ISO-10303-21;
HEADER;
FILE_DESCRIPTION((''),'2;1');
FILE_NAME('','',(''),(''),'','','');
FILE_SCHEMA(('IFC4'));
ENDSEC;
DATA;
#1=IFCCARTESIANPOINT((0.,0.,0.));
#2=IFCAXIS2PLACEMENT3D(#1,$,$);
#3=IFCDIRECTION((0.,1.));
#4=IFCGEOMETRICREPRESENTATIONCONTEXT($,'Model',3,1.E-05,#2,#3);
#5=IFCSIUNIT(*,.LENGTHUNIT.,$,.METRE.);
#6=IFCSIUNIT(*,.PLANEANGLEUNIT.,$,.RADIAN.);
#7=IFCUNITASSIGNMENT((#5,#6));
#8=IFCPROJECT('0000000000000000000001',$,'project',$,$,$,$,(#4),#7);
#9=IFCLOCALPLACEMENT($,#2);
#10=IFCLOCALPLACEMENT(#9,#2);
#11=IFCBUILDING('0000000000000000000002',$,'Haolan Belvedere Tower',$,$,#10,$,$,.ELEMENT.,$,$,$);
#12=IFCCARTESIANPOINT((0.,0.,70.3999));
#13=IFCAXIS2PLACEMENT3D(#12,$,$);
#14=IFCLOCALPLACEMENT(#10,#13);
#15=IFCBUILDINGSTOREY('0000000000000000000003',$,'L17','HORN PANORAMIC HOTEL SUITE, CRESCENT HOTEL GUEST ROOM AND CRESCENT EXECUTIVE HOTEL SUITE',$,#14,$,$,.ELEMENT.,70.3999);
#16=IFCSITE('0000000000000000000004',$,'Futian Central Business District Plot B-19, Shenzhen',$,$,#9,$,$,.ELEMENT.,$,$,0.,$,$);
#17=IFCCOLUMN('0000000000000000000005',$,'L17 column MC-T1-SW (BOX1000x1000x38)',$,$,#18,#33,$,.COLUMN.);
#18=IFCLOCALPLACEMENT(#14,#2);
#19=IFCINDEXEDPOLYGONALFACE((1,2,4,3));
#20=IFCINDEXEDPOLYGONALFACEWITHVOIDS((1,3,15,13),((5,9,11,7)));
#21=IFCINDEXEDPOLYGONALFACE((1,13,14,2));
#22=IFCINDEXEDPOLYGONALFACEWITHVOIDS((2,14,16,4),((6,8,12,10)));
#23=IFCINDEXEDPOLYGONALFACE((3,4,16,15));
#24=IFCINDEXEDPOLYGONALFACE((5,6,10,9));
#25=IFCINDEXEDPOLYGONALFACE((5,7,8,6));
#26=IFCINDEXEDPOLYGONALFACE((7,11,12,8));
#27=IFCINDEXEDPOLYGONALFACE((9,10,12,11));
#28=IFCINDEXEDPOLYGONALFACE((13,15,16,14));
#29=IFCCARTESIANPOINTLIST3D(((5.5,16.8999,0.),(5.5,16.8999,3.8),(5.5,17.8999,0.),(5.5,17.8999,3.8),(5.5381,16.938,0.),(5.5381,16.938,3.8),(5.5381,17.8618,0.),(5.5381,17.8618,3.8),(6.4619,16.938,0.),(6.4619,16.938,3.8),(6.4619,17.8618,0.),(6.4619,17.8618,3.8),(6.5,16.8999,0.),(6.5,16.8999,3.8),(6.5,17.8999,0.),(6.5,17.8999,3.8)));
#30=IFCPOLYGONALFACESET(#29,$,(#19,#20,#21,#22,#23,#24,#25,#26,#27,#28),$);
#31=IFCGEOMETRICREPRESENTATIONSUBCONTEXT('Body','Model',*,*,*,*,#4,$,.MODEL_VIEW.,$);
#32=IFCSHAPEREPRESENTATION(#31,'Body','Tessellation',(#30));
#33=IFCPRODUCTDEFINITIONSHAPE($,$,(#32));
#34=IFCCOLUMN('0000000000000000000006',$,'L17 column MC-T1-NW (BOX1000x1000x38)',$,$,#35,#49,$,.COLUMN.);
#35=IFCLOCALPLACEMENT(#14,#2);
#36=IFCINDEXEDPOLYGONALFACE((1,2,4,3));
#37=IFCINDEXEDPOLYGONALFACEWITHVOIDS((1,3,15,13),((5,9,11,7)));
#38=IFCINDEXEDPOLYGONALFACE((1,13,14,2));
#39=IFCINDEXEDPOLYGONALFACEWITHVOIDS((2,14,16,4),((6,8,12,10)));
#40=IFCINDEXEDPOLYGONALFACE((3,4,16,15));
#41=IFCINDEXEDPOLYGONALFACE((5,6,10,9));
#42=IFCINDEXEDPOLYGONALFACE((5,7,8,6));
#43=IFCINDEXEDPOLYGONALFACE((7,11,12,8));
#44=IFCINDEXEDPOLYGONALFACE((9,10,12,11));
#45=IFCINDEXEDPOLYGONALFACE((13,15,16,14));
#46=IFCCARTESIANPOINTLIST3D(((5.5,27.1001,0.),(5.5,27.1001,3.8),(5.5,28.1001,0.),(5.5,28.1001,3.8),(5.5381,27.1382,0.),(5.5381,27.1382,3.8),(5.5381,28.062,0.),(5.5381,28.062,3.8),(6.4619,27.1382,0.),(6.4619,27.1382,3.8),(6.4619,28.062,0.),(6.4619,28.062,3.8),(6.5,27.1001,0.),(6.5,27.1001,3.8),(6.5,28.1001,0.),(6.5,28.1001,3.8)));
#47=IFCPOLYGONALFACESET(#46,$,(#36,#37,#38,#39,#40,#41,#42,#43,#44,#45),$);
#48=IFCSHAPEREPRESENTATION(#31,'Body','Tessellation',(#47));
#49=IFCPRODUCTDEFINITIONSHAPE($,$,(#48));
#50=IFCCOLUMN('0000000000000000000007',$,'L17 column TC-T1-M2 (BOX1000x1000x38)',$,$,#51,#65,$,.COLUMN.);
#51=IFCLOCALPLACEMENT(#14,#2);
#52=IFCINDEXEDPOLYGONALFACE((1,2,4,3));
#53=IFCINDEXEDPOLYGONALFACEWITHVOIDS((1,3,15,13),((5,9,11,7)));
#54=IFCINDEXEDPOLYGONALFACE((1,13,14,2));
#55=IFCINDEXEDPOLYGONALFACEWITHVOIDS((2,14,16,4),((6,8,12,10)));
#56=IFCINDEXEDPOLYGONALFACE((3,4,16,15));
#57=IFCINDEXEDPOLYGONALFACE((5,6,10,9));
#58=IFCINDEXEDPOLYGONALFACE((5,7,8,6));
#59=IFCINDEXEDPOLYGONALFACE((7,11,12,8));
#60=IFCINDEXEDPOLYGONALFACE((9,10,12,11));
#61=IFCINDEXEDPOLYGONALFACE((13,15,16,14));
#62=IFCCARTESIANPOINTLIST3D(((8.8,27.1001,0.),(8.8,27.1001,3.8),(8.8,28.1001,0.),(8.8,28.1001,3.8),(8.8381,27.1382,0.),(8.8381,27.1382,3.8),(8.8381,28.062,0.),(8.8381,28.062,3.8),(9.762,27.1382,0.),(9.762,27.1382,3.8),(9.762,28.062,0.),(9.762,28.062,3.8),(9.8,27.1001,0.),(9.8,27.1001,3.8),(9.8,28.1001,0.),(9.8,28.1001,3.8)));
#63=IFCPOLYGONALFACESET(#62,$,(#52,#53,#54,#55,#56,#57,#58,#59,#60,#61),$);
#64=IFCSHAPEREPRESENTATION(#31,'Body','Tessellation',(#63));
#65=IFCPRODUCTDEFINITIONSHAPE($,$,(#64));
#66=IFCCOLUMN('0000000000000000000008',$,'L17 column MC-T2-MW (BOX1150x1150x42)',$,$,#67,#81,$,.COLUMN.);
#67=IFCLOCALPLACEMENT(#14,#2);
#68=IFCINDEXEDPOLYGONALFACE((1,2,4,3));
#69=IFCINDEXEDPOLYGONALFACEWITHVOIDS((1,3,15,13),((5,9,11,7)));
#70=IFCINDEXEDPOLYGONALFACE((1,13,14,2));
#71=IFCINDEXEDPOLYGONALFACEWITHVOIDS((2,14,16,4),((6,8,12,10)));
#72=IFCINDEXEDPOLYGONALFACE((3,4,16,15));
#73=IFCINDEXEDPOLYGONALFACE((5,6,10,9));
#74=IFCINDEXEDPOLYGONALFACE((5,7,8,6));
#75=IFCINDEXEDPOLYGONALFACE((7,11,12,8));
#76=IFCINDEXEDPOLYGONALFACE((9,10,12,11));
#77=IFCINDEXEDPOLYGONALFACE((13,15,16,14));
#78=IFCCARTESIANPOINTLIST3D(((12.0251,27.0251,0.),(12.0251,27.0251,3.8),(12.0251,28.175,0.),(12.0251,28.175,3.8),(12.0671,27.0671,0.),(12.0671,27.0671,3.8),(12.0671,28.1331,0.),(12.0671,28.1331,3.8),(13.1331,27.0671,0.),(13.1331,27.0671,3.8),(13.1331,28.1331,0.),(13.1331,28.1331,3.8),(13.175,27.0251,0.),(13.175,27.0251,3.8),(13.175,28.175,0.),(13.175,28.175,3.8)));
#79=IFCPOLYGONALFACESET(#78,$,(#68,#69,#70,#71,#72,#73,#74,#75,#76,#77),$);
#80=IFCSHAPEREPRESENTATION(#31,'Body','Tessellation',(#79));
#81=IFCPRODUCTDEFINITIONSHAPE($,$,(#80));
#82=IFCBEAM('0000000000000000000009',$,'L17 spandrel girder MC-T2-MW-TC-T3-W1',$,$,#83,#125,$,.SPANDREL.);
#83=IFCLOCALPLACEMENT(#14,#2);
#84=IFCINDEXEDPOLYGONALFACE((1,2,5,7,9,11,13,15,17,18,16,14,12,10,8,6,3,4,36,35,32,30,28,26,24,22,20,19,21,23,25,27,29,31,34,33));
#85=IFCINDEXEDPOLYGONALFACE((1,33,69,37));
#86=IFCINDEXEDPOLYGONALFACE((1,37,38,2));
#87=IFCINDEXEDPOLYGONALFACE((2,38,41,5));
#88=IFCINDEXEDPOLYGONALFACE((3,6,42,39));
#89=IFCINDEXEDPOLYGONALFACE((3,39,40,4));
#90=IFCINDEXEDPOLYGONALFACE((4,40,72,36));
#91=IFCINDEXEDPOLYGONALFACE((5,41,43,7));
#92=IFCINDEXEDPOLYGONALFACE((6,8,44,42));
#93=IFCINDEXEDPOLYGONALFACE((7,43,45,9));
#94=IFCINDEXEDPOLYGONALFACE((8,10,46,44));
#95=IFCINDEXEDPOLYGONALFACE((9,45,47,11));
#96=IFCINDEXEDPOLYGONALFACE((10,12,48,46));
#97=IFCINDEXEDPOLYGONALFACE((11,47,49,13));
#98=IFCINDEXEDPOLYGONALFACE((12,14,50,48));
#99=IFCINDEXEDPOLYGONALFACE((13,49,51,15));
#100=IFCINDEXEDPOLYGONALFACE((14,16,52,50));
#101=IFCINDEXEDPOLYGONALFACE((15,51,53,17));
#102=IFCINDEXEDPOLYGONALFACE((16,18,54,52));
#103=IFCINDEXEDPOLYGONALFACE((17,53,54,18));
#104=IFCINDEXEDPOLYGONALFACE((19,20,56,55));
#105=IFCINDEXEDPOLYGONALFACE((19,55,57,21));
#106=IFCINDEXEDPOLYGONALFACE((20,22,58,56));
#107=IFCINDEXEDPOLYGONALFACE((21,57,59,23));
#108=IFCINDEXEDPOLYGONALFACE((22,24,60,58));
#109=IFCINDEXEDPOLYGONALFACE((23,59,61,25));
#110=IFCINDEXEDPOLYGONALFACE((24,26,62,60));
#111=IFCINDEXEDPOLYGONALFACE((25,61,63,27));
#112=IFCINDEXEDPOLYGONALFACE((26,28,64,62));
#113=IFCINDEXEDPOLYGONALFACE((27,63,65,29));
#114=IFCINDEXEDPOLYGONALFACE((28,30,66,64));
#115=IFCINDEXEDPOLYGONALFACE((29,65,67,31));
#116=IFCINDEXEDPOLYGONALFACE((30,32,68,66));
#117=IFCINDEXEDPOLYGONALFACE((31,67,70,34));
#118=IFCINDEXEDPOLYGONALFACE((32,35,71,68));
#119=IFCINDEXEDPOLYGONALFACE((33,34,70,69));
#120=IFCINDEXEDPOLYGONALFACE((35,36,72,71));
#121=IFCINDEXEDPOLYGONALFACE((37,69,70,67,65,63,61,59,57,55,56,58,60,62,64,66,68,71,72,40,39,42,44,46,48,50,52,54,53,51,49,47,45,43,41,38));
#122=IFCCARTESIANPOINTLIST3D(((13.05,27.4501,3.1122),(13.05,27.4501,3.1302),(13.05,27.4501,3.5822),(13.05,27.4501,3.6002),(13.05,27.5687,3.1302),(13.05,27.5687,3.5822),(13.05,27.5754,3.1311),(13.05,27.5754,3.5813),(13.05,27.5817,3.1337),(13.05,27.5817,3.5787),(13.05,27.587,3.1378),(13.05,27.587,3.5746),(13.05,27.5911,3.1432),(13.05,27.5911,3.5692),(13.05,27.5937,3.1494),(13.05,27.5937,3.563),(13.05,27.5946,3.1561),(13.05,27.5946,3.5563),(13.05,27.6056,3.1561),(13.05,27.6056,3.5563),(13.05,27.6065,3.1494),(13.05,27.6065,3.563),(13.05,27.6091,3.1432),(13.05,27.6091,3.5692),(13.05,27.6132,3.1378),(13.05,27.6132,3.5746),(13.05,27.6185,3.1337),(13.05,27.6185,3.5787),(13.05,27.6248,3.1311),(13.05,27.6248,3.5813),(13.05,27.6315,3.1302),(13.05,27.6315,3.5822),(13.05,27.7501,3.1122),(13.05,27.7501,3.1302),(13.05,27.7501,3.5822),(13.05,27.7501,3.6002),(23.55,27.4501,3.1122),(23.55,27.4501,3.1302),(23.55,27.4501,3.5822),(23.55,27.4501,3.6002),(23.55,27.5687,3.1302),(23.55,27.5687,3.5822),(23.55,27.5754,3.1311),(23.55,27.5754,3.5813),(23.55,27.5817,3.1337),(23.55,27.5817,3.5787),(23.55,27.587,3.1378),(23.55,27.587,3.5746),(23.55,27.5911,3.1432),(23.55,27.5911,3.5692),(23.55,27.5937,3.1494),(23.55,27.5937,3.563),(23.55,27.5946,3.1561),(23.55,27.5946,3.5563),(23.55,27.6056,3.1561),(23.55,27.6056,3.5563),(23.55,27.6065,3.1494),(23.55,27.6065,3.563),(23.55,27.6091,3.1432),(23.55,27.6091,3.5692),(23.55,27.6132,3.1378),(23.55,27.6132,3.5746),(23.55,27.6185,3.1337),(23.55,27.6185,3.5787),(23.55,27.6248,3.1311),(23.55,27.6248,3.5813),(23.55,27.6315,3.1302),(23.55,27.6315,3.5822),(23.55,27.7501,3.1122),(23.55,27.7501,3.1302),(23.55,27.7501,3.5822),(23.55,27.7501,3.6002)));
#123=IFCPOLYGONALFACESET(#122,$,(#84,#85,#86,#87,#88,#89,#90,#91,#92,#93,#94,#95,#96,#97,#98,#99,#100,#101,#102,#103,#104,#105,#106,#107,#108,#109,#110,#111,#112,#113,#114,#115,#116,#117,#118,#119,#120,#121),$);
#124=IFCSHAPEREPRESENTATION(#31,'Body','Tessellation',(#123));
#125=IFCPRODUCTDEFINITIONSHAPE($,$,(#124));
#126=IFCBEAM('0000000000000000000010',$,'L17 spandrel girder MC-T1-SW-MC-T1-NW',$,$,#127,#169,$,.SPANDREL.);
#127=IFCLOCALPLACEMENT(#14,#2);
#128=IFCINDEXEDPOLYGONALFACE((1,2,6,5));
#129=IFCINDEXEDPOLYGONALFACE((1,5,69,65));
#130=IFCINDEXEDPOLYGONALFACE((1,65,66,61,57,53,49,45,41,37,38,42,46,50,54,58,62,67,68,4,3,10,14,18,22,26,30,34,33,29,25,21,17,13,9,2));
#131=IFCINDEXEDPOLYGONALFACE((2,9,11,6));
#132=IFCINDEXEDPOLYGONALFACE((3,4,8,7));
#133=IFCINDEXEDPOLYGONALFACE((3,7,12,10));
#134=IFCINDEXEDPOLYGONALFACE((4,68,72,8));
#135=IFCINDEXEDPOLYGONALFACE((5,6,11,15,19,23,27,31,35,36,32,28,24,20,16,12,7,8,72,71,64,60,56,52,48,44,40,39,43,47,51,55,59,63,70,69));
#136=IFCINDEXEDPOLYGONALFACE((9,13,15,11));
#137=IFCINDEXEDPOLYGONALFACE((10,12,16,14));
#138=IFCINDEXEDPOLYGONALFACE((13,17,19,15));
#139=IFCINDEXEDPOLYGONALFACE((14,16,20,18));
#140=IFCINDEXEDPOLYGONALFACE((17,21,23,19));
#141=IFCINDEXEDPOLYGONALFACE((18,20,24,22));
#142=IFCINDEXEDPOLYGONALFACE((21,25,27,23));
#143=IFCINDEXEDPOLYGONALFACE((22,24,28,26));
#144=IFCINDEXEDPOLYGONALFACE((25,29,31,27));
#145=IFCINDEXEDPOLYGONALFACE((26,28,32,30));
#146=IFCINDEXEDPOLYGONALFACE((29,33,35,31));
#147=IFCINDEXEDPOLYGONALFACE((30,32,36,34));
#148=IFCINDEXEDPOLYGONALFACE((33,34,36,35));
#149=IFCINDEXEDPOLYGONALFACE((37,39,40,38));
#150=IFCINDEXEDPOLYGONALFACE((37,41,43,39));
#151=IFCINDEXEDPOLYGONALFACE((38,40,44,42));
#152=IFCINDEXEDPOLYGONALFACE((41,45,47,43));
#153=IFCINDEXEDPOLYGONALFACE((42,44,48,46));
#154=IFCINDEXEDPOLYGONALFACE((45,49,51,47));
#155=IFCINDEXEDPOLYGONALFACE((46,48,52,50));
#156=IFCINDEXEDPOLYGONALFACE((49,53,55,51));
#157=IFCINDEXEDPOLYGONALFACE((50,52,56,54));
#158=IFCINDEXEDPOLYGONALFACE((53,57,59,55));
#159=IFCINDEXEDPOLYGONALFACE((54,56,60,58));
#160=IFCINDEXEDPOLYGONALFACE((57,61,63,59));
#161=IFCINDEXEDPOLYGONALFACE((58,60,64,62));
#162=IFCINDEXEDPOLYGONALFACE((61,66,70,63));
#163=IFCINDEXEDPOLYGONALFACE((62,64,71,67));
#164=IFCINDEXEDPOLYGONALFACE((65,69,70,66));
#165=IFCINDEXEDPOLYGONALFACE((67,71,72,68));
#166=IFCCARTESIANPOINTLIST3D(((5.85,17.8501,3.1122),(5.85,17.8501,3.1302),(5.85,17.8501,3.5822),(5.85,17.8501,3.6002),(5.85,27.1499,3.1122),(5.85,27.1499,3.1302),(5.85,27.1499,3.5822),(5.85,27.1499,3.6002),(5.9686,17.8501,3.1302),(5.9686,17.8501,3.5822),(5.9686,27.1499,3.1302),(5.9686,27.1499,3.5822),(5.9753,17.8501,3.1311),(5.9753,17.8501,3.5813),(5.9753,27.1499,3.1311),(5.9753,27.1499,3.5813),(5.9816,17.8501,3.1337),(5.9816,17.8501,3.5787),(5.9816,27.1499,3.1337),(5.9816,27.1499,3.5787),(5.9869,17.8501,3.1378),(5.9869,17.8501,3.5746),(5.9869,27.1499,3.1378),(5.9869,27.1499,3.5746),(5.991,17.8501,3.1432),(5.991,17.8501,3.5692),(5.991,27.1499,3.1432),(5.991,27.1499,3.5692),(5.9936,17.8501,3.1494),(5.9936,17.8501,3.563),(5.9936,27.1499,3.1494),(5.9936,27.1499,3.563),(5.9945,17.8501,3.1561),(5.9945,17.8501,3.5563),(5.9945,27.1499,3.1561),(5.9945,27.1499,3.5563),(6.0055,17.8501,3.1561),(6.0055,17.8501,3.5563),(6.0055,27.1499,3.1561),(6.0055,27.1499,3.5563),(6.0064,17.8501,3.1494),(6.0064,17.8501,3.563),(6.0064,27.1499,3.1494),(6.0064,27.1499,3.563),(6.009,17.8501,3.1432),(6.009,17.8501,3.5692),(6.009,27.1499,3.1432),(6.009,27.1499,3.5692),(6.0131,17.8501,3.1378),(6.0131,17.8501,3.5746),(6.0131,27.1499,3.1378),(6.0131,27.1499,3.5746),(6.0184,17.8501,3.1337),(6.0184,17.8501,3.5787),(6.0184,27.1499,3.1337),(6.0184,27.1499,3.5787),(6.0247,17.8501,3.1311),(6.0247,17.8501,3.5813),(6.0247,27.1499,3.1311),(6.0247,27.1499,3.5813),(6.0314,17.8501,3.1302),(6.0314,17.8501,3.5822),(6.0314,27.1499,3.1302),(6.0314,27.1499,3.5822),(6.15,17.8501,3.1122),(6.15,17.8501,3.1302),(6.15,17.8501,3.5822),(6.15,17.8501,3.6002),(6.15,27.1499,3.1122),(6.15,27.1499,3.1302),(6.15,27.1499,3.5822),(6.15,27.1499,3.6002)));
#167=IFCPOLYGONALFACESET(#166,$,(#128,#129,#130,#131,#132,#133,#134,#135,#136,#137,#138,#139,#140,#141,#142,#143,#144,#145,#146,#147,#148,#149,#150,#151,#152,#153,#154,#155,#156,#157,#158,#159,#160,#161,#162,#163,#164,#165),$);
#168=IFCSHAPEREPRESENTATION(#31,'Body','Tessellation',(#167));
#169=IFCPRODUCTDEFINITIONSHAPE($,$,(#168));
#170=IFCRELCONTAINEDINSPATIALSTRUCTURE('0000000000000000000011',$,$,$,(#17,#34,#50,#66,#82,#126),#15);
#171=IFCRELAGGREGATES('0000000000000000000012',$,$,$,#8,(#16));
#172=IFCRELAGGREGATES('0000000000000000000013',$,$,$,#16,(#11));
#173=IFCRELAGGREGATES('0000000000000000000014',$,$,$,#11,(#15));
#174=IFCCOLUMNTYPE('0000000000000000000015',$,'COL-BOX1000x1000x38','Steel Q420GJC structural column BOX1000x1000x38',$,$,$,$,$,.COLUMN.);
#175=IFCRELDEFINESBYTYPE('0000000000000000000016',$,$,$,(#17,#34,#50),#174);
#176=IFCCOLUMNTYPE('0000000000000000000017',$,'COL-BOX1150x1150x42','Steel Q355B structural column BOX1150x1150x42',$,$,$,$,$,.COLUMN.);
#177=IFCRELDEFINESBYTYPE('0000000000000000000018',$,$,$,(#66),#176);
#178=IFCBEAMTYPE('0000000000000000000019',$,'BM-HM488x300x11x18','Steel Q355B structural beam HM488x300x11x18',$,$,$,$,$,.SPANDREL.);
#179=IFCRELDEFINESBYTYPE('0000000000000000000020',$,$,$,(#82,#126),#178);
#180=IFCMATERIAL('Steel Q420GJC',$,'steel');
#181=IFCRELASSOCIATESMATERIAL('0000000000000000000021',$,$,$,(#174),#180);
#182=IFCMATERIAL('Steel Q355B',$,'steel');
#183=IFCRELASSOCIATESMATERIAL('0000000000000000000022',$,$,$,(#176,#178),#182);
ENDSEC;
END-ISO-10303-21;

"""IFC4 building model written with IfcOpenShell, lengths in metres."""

from ifc_helpers import new_model, si_unit, direction, frame, origin, origin_2d, place, context, subcontext, project, spatial, hollow_rectangle, i_section, extrude, material, material_profile, profile_set, type_object, element, save


model = new_model("IFC4")

# Units and contexts
model_context = context("Model", 3, precision=1e-05, world=origin(), true_north=direction((0.0, 1.0)))
body_context = subcontext(model_context, "Body", "Model", "MODEL_VIEW")
ifc_project = project(units=[si_unit("LENGTHUNIT", "METRE"), si_unit("PLANEANGLEUNIT", "RADIAN")], contexts=[model_context])

# Site, building, storey
site_placement = place(None, origin())
site = spatial("IfcSite", under=ifc_project, at=site_placement, Name="Futian Central Business District Plot B-19, Shenzhen", CompositionType="ELEMENT", RefElevation=0.0)
building_placement = place(site_placement, origin())
building = spatial("IfcBuilding", under=site, at=building_placement, Name="Haolan Belvedere Tower", CompositionType="ELEMENT")
storey_placement = place(building_placement, frame((0.0, 0.0, 70.3999)))
storey = spatial("IfcBuildingStorey", under=building, at=storey_placement, Name="L17", Description="HORN PANORAMIC HOTEL SUITE, CRESCENT HOTEL GUEST ROOM AND CRESCENT EXECUTIVE HOTEL SUITE", CompositionType="ELEMENT", Elevation=70.3999)

# Columns
ifc_material_1 = material(Name="Steel Q420GJC", Category="steel")
ifc_material_profile_1 = material_profile(ifc_material_1, hollow_rectangle(XDim=1.0, YDim=1.0, WallThickness=0.0381, at=origin_2d()), Name="Steel Q420GJC")
ifc_profile_set_1 = profile_set([ifc_material_profile_1], Name="Steel Q420GJC")
column_type_1 = type_object("IfcColumnType", Name="COL-BOX1000x1000x38", Description="Steel Q420GJC structural column BOX1000x1000x38", PredefinedType="COLUMN", material=ifc_profile_set_1)
for number, where, z_axis, x_axis, name in (
    (1, (6.0, 17.3999, 0.0), (0.0, 0.0, 1.0), (1.0, 0.0, 0.0), "L17 column MC-T1-SW (BOX1000x1000x38)"),
    (2, (6.0, 27.6001, 0.0), (0.0, 0.0, 1.0), (1.0, 0.0, 0.0), "L17 column MC-T1-NW (BOX1000x1000x38)"),
    (3, (9.3, 27.6001, 0.0), (0.0, 0.0, 1.0), (1.0, 0.0, 0.0), "L17 column TC-T1-M2 (BOX1000x1000x38)"),
):
    element("IfcColumn", number, at=place(storey_placement, frame(where, z_axis=z_axis, x_axis=x_axis)), inside=storey, type_object=column_type_1, Name=name, PredefinedType="COLUMN", context=body_context, shape_type="SweptSolid", body=[
        extrude(hollow_rectangle(XDim=1.0, YDim=1.0, WallThickness=0.0381, at=origin_2d()), origin(), (0.0, 0.0, 1.0), 3.8),
    ])
ifc_material_2 = material(Name="Steel Q355B", Category="steel")
ifc_material_profile_2 = material_profile(ifc_material_2, hollow_rectangle(XDim=1.1499, YDim=1.1499, WallThickness=0.042, at=origin_2d()), Name="Steel Q355B")
ifc_profile_set_2 = profile_set([ifc_material_profile_2], Name="Steel Q355B")
column_type_2 = type_object("IfcColumnType", Name="COL-BOX1150x1150x42", Description="Steel Q355B structural column BOX1150x1150x42", PredefinedType="COLUMN", material=ifc_profile_set_2)
column_placement = place(storey_placement, frame((12.6001, 27.6001, 0.0), z_axis=(0.0, 0.0, 1.0), x_axis=(1.0, 0.0, 0.0)))
element("IfcColumn", 4, at=column_placement, inside=storey, type_object=column_type_2, Name="L17 column MC-T2-MW (BOX1150x1150x42)", PredefinedType="COLUMN", context=body_context, shape_type="SweptSolid", body=[
    extrude(hollow_rectangle(XDim=1.1499, YDim=1.1499, WallThickness=0.042, at=origin_2d()), origin(), (0.0, 0.0, 1.0), 3.8),
])

# Beams
ifc_material_profile_3 = material_profile(ifc_material_2, i_section(OverallWidth=0.3, OverallDepth=0.488, WebThickness=0.011, FlangeThickness=0.0181, FilletRadius=0.0259, at=origin_2d()), Name="Steel Q355B")
ifc_profile_set_3 = profile_set([ifc_material_profile_3], Name="Steel Q355B")
beam_type_1 = type_object("IfcBeamType", Name="BM-HM488x300x11x18", Description="Steel Q355B structural beam HM488x300x11x18", PredefinedType="SPANDREL", material=ifc_profile_set_3)
beam_1_placement = place(storey_placement, frame((13.05, 27.6001, 3.3562), z_axis=(1.0, 0.0, 0.0), x_axis=(0.0, 1.0, 0.0)))
element("IfcBeam", 5, at=beam_1_placement, inside=storey, type_object=beam_type_1, Name="L17 spandrel girder MC-T2-MW-TC-T3-W1", PredefinedType="SPANDREL", context=body_context, shape_type="SweptSolid", body=[
    extrude(i_section(OverallWidth=0.3, OverallDepth=0.488, WebThickness=0.011, FlangeThickness=0.0181, FilletRadius=0.0259, at=origin_2d()), origin(), (0.0, 0.0, 1.0), 10.5),
])
beam_2_placement = place(storey_placement, frame((6.0, 17.8501, 3.3562), z_axis=(0.0, 1.0, 0.0), x_axis=(-1.0, 0.0, 0.0)))
element("IfcBeam", 6, at=beam_2_placement, inside=storey, type_object=beam_type_1, Name="L17 spandrel girder MC-T1-SW-MC-T1-NW", PredefinedType="SPANDREL", context=body_context, shape_type="SweptSolid", body=[
    extrude(i_section(OverallWidth=0.3, OverallDepth=0.488, WebThickness=0.011, FlangeThickness=0.0181, FilletRadius=0.0259, at=origin_2d()), origin(), (0.0, 0.0, 1.0), 9.2998),
])

save(model, "model.ifc")
